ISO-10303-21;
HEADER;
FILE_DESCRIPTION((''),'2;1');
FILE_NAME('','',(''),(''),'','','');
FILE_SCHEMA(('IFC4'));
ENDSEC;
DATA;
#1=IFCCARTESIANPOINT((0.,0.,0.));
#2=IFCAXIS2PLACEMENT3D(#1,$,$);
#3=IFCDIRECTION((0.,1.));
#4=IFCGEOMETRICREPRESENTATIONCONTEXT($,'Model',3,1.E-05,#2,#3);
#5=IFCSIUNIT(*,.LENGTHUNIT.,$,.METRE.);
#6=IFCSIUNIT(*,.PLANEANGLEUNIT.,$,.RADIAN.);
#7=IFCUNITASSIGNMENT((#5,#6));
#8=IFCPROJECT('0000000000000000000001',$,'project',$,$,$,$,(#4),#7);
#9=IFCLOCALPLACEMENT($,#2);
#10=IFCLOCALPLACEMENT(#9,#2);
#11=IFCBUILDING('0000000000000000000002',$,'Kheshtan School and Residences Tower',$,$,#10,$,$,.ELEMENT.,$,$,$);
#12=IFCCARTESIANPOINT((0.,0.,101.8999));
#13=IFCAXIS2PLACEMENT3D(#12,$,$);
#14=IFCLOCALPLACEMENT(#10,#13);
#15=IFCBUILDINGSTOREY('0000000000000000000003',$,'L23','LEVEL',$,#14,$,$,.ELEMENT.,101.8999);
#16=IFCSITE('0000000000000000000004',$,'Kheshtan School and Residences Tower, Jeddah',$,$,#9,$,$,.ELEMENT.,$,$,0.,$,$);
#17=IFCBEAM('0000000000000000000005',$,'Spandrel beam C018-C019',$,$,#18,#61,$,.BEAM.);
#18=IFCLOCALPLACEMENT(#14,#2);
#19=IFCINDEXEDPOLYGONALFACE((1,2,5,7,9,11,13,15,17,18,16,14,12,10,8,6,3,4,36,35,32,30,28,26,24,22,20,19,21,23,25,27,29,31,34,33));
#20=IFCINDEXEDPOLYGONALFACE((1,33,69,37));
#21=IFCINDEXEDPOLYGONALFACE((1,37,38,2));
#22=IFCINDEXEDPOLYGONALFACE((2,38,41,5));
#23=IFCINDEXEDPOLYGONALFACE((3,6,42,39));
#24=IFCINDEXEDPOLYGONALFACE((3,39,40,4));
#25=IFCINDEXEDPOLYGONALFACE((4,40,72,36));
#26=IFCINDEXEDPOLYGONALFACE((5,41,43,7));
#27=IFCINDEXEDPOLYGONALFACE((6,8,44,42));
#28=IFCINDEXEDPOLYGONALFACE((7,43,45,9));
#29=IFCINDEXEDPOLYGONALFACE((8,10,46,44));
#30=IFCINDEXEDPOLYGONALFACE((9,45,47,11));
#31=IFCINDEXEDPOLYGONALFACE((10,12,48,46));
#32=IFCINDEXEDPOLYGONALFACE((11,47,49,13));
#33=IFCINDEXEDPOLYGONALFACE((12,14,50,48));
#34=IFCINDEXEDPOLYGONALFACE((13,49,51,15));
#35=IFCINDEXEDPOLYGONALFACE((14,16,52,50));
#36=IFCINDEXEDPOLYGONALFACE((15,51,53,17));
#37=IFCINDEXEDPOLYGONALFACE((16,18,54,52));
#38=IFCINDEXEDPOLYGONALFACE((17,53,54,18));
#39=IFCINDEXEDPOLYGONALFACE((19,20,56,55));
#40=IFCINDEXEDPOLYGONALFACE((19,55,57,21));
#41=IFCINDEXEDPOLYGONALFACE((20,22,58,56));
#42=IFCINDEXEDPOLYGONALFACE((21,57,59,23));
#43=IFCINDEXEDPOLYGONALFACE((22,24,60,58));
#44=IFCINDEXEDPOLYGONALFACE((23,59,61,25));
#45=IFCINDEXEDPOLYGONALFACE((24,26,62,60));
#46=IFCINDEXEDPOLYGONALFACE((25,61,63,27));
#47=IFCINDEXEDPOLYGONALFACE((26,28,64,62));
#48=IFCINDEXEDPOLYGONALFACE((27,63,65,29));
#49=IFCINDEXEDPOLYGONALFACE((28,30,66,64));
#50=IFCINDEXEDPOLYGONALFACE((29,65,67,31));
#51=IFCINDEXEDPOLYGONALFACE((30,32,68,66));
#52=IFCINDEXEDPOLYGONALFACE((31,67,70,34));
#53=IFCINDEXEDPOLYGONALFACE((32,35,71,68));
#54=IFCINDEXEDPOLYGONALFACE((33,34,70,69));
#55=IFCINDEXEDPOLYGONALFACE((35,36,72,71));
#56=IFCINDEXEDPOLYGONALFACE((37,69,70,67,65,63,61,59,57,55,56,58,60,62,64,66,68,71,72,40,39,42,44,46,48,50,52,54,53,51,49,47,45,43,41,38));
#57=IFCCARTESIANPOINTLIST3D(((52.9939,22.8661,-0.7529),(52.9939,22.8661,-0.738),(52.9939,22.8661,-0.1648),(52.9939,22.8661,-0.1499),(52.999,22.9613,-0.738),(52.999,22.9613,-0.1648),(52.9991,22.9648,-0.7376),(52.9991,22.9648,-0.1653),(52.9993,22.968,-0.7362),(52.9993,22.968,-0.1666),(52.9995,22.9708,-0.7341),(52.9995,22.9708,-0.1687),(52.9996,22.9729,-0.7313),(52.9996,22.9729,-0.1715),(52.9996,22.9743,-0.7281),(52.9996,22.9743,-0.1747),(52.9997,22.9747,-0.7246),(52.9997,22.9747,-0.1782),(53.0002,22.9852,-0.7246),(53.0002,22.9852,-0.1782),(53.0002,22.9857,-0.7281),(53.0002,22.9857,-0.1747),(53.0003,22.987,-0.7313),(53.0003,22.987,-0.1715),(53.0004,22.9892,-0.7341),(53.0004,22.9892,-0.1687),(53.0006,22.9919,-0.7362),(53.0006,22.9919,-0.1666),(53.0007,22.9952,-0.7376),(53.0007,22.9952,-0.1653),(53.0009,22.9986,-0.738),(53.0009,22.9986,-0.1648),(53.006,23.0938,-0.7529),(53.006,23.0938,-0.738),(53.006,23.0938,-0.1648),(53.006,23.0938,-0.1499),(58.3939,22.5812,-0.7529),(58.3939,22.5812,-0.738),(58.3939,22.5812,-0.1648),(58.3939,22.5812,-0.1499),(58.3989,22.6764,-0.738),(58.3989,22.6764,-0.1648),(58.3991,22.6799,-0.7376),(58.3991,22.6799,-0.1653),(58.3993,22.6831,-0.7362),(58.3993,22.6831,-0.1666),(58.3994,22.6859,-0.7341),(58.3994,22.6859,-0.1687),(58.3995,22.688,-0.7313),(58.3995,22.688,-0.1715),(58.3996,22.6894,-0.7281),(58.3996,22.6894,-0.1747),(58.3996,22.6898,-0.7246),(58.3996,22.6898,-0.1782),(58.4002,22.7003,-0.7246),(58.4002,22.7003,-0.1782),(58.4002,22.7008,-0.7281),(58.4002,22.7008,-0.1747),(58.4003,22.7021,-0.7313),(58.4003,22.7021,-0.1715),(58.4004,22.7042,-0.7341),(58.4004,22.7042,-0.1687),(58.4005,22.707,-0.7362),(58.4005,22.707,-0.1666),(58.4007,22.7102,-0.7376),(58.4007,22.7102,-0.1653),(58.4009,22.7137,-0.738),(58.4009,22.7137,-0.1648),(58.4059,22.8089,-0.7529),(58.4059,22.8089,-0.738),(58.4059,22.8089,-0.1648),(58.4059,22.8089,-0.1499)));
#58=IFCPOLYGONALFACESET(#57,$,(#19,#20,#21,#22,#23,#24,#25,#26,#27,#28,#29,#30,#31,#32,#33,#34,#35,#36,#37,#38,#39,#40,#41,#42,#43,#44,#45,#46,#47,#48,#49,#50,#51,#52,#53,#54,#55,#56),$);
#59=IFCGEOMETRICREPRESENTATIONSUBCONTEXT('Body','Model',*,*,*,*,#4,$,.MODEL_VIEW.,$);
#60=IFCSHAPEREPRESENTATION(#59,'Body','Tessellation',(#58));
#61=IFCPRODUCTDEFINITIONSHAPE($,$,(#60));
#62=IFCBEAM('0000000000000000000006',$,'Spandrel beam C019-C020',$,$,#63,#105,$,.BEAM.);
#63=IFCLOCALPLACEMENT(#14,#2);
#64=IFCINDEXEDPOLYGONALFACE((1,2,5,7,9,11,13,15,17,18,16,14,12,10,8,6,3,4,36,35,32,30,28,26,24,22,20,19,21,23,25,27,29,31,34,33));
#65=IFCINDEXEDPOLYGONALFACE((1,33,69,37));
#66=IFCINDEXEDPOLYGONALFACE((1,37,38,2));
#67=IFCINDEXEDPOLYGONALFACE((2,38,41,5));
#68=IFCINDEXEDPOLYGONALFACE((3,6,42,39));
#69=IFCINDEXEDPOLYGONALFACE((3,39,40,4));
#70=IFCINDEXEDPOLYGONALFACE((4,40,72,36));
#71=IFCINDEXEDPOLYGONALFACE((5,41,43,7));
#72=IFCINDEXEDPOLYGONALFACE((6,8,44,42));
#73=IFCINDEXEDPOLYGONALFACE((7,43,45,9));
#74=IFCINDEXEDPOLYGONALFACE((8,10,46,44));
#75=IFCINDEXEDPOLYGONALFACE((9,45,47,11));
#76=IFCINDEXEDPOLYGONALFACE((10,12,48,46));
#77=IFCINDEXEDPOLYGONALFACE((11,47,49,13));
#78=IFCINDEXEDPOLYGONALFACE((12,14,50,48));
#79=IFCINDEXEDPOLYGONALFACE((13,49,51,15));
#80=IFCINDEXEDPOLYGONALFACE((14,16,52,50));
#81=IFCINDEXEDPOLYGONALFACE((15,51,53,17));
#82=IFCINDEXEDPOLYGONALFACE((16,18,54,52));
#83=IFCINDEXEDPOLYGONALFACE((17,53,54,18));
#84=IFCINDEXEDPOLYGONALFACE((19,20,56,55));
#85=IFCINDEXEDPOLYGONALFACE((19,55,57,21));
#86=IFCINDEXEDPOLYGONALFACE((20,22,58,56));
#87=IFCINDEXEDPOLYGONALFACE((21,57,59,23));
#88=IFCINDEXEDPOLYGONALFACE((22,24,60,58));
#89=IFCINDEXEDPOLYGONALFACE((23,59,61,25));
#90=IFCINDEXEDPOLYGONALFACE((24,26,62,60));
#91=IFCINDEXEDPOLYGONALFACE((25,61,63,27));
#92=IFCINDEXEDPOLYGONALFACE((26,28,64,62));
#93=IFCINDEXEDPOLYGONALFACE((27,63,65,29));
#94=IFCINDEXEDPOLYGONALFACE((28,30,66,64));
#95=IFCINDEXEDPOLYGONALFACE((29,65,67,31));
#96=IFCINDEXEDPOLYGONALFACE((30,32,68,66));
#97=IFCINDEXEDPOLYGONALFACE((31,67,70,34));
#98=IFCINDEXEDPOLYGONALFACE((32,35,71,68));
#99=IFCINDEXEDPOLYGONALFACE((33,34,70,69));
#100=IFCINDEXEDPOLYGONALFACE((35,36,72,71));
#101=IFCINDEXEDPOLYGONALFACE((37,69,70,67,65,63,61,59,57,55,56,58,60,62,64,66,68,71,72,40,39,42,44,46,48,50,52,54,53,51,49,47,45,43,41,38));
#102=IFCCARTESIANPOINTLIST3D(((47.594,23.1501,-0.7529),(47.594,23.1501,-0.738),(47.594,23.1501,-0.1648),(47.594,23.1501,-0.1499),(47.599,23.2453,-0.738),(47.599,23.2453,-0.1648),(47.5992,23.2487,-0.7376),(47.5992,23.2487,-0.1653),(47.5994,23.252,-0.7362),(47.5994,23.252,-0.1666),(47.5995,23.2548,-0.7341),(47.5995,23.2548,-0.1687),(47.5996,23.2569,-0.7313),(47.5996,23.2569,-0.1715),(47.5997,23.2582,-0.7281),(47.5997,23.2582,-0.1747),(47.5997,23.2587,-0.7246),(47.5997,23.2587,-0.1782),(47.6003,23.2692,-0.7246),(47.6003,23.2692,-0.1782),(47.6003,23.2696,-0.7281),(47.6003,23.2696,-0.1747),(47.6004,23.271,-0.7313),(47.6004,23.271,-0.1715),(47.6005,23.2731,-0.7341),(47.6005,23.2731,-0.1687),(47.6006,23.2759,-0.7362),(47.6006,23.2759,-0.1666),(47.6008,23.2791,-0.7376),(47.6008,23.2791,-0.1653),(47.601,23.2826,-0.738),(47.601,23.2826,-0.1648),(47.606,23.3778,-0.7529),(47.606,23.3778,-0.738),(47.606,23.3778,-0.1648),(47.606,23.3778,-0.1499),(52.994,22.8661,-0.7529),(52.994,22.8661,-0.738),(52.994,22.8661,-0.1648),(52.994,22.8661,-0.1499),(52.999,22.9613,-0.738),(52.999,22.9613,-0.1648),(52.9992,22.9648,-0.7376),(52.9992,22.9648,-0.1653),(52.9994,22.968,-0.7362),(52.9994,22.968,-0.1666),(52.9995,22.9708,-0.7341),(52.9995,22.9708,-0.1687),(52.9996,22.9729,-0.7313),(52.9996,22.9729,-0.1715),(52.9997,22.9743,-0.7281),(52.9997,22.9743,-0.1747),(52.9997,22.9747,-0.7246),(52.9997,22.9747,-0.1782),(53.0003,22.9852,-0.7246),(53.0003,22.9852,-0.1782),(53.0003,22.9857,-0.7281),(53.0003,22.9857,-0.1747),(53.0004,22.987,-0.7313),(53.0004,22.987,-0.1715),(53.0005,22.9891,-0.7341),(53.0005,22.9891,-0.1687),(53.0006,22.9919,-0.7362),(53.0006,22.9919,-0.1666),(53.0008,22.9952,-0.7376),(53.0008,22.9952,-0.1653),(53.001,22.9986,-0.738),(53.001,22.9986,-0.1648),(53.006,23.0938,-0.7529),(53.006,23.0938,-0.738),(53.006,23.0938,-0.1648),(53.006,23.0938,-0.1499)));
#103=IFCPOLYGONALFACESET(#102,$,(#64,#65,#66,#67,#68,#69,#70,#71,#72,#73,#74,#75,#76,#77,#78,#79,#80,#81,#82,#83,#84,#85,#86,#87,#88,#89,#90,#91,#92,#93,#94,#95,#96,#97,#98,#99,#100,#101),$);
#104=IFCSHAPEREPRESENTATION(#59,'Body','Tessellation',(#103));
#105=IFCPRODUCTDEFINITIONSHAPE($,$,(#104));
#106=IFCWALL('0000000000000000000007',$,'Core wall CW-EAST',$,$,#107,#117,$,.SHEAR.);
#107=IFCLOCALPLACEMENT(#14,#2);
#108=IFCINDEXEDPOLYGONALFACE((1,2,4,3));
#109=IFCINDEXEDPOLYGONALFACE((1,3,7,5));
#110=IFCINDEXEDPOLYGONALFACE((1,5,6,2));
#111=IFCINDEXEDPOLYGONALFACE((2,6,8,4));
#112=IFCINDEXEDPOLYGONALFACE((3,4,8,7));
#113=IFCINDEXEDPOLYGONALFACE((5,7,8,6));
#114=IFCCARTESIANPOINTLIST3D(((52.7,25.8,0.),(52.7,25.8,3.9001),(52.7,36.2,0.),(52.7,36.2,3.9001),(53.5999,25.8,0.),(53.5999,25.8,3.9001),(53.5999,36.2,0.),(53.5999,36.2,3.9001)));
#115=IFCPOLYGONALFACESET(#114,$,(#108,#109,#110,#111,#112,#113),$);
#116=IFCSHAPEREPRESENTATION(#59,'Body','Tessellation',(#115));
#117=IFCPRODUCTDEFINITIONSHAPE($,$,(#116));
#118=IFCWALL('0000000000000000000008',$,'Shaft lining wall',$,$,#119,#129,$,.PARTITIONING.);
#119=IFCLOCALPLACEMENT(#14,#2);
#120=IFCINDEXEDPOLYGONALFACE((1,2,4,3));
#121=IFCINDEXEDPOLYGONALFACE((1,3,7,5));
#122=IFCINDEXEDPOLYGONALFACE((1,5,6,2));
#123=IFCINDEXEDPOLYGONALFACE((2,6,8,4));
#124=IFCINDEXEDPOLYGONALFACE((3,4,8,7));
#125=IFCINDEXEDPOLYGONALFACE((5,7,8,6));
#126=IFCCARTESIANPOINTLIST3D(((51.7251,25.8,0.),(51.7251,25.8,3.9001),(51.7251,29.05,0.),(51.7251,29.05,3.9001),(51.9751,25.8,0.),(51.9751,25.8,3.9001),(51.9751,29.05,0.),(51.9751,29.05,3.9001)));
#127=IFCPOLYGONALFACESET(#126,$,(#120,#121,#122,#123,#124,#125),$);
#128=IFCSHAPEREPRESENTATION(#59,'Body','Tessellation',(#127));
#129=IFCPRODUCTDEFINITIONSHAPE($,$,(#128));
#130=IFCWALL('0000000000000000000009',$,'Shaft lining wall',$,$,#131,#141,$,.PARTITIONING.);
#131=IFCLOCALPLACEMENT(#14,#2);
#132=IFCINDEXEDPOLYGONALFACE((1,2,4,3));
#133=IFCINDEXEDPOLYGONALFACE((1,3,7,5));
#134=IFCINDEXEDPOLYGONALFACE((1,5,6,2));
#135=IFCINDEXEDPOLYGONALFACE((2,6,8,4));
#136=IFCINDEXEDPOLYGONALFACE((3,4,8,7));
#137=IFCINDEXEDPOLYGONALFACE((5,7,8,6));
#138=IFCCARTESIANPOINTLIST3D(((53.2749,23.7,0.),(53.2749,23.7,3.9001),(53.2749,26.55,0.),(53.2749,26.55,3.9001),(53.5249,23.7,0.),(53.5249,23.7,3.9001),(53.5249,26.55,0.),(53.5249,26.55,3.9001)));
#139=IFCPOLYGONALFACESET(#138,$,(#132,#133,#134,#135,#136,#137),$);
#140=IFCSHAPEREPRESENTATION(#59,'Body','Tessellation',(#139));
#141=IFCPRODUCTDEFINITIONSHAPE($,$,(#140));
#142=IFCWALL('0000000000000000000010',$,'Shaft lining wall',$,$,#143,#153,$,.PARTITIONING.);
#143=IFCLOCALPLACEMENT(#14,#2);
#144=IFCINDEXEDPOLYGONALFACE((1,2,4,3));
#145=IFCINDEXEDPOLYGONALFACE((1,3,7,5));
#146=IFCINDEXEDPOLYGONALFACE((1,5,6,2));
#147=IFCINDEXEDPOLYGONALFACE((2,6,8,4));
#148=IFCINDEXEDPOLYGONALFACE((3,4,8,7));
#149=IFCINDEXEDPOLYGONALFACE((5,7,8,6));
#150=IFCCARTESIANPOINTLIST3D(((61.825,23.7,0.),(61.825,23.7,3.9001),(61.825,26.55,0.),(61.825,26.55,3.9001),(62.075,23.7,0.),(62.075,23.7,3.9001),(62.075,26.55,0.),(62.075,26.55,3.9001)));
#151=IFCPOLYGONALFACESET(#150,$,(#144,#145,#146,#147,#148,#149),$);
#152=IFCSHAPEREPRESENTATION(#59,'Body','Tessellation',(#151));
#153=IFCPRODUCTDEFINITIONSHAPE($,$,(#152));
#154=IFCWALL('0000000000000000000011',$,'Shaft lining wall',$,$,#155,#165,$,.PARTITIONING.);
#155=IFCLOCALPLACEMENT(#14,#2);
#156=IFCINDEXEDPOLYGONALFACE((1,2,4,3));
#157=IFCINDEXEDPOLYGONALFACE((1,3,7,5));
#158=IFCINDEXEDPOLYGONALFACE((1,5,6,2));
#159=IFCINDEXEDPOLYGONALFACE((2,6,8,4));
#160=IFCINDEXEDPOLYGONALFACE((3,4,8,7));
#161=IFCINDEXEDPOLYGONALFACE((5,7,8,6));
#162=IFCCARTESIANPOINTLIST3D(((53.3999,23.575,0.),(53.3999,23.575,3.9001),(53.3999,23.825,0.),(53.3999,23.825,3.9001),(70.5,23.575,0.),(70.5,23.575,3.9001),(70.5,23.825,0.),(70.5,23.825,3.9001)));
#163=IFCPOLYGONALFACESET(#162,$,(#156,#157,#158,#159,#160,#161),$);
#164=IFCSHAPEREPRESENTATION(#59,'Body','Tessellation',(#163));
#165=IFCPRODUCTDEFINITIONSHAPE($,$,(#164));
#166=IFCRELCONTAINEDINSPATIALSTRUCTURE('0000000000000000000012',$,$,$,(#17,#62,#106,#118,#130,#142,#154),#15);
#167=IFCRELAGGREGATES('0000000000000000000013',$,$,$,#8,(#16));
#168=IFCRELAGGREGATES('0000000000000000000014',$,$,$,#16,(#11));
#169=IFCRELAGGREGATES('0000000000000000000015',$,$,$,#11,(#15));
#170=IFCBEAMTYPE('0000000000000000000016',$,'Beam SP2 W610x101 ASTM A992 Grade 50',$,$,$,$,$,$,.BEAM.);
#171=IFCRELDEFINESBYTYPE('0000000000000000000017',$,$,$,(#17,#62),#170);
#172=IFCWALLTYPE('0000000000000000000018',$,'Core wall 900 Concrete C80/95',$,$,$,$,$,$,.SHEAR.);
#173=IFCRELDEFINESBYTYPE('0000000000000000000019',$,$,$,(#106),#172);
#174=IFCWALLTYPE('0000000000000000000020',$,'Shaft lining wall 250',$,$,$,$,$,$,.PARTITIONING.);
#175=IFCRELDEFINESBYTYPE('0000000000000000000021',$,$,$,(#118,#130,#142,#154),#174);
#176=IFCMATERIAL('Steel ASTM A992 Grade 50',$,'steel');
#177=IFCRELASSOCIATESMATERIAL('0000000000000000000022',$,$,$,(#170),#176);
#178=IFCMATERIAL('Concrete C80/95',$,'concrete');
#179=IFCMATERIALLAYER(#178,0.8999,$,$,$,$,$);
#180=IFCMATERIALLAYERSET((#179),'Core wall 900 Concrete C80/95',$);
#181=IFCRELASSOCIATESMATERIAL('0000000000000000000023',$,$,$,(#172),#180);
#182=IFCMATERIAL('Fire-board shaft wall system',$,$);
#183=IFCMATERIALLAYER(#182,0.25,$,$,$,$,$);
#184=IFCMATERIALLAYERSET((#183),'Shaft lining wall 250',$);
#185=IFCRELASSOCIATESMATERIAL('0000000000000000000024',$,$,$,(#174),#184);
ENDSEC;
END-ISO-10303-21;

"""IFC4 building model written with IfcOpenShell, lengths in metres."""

from ifc_helpers import new_model, si_unit, direction, frame, frame_2d, origin, origin_2d, place, context, subcontext, project, spatial, rectangle, i_section, extrude, material, layer, layer_set, material_profile, profile_set, type_object, element, save


model = new_model("IFC4")

# Units and contexts
model_context = context("Model", 3, precision=1e-05, world=origin(), true_north=direction((0.0, 1.0)))
body_context = subcontext(model_context, "Body", "Model", "MODEL_VIEW")
ifc_project = project(units=[si_unit("LENGTHUNIT", "METRE"), si_unit("PLANEANGLEUNIT", "RADIAN")], contexts=[model_context])

# Site, building, storey
site_placement = place(None, origin())
site = spatial("IfcSite", under=ifc_project, at=site_placement, Name="Kheshtan School and Residences Tower, Jeddah", CompositionType="ELEMENT", RefElevation=0.0)
building_placement = place(site_placement, origin())
building = spatial("IfcBuilding", under=site, at=building_placement, Name="Kheshtan School and Residences Tower", CompositionType="ELEMENT")
storey_placement = place(building_placement, frame((0.0, 0.0, 101.8999)))
storey = spatial("IfcBuildingStorey", under=building, at=storey_placement, Name="L23", Description="LEVEL", CompositionType="ELEMENT", Elevation=101.8999)

# Shared definitions
ifc_material_1 = material(Name="Steel ASTM A992 Grade 50", Category="steel")

# Beams
ifc_material_profile_1 = material_profile(ifc_material_1, i_section(OverallWidth=0.228, OverallDepth=0.603, WebThickness=0.0105, FlangeThickness=0.0149, FilletRadius=0.0134, at=origin_2d()), Name="W610x101")
ifc_profile_set_1 = profile_set([ifc_material_profile_1], Name="Steel ASTM A992 Grade 50")
beam_type_1 = type_object("IfcBeamType", Name="Beam SP2 W610x101 ASTM A992 Grade 50", PredefinedType="BEAM", material=ifc_profile_set_1)
for number, where, z_axis, x_axis, name in (
    (1, (58.3999, 22.6951, -0.4514), (-0.998611, 0.052689, 0.0), (-0.052689, -0.998611, 0.0), "Spandrel beam C018-C019"),
    (2, (53.0, 22.98, -0.4514), (-0.99862, 0.052509, 0.0), (-0.052509, -0.99862, 0.0), "Spandrel beam C019-C020"),
):
    element("IfcBeam", number, at=place(storey_placement, frame(where, z_axis=z_axis, x_axis=x_axis)), inside=storey, type_object=beam_type_1, Name=name, PredefinedType="BEAM", context=body_context, shape_type="SweptSolid", body=[
        extrude(i_section(OverallWidth=0.228, OverallDepth=0.603, WebThickness=0.0105, FlangeThickness=0.0149, FilletRadius=0.0134, at=origin_2d()), origin(), (0.0, 0.0, 1.0), 5.4075),
    ])

# Walls
ifc_material_2 = material(Name="Concrete C80/95", Category="concrete")
ifc_layer_1 = layer(ifc_material_2, 0.8999)
ifc_layer_set_1 = layer_set([ifc_layer_1], Name="Core wall 900 Concrete C80/95")
wall_type_1 = type_object("IfcWallType", Name="Core wall 900 Concrete C80/95", PredefinedType="SHEAR", material=ifc_layer_set_1)
wall_1_placement = place(storey_placement, frame((53.1499, 25.8, 0.0), z_axis=(0.0, 0.0, 1.0), x_axis=(0.0, 1.0, 0.0)))
element("IfcWall", 3, at=wall_1_placement, inside=storey, type_object=wall_type_1, Name="Core wall CW-EAST", PredefinedType="SHEAR", context=body_context, shape_type="SweptSolid", body=[
    extrude(rectangle(XDim=10.3999, YDim=0.8999, at=frame_2d((5.2, 0.0))), origin(), (0.0, 0.0, 1.0), 3.9001),
])
ifc_material_3 = material(Name="Fire-board shaft wall system")
ifc_layer_2 = layer(ifc_material_3, 0.25)
ifc_layer_set_2 = layer_set([ifc_layer_2], Name="Shaft lining wall 250")
wall_type_2 = type_object("IfcWallType", Name="Shaft lining wall 250", PredefinedType="PARTITIONING", material=ifc_layer_set_2)
wall_2_placement = place(storey_placement, frame((51.8501, 25.8, 0.0), z_axis=(0.0, 0.0, 1.0), x_axis=(0.0, 1.0, 0.0)))
element("IfcWall", 4, at=wall_2_placement, inside=storey, type_object=wall_type_2, Name="Shaft lining wall", PredefinedType="PARTITIONING", context=body_context, shape_type="SweptSolid", body=[
    extrude(rectangle(XDim=3.25, YDim=0.25, at=frame_2d((1.625, 0.0))), origin(), (0.0, 0.0, 1.0), 3.9001),
])
for number, where, z_axis, x_axis, name in (
    (5, (53.3999, 23.7, 0.0), (0.0, 0.0, 1.0), (0.0, 1.0, 0.0), "Shaft lining wall"),
    (6, (61.95, 23.7, 0.0), (0.0, 0.0, 1.0), (0.0, 1.0, 0.0), "Shaft lining wall"),
):
    element("IfcWall", number, at=place(storey_placement, frame(where, z_axis=z_axis, x_axis=x_axis)), inside=storey, type_object=wall_type_2, Name=name, PredefinedType="PARTITIONING", context=body_context, shape_type="SweptSolid", body=[
        extrude(rectangle(XDim=2.8501, YDim=0.25, at=frame_2d((1.425, 0.0))), origin(), (0.0, 0.0, 1.0), 3.9001),
    ])
wall_3_placement = place(storey_placement, frame((53.3999, 23.7, 0.0), z_axis=(0.0, 0.0, 1.0), x_axis=(1.0, 0.0, 0.0)))
element("IfcWall", 7, at=wall_3_placement, inside=storey, type_object=wall_type_2, Name="Shaft lining wall", PredefinedType="PARTITIONING", context=body_context, shape_type="SweptSolid", body=[
    extrude(rectangle(XDim=17.1001, YDim=0.25, at=frame_2d((8.55, 0.0))), origin(), (0.0, 0.0, 1.0), 3.9001),
])

save(model, "model.ifc")
